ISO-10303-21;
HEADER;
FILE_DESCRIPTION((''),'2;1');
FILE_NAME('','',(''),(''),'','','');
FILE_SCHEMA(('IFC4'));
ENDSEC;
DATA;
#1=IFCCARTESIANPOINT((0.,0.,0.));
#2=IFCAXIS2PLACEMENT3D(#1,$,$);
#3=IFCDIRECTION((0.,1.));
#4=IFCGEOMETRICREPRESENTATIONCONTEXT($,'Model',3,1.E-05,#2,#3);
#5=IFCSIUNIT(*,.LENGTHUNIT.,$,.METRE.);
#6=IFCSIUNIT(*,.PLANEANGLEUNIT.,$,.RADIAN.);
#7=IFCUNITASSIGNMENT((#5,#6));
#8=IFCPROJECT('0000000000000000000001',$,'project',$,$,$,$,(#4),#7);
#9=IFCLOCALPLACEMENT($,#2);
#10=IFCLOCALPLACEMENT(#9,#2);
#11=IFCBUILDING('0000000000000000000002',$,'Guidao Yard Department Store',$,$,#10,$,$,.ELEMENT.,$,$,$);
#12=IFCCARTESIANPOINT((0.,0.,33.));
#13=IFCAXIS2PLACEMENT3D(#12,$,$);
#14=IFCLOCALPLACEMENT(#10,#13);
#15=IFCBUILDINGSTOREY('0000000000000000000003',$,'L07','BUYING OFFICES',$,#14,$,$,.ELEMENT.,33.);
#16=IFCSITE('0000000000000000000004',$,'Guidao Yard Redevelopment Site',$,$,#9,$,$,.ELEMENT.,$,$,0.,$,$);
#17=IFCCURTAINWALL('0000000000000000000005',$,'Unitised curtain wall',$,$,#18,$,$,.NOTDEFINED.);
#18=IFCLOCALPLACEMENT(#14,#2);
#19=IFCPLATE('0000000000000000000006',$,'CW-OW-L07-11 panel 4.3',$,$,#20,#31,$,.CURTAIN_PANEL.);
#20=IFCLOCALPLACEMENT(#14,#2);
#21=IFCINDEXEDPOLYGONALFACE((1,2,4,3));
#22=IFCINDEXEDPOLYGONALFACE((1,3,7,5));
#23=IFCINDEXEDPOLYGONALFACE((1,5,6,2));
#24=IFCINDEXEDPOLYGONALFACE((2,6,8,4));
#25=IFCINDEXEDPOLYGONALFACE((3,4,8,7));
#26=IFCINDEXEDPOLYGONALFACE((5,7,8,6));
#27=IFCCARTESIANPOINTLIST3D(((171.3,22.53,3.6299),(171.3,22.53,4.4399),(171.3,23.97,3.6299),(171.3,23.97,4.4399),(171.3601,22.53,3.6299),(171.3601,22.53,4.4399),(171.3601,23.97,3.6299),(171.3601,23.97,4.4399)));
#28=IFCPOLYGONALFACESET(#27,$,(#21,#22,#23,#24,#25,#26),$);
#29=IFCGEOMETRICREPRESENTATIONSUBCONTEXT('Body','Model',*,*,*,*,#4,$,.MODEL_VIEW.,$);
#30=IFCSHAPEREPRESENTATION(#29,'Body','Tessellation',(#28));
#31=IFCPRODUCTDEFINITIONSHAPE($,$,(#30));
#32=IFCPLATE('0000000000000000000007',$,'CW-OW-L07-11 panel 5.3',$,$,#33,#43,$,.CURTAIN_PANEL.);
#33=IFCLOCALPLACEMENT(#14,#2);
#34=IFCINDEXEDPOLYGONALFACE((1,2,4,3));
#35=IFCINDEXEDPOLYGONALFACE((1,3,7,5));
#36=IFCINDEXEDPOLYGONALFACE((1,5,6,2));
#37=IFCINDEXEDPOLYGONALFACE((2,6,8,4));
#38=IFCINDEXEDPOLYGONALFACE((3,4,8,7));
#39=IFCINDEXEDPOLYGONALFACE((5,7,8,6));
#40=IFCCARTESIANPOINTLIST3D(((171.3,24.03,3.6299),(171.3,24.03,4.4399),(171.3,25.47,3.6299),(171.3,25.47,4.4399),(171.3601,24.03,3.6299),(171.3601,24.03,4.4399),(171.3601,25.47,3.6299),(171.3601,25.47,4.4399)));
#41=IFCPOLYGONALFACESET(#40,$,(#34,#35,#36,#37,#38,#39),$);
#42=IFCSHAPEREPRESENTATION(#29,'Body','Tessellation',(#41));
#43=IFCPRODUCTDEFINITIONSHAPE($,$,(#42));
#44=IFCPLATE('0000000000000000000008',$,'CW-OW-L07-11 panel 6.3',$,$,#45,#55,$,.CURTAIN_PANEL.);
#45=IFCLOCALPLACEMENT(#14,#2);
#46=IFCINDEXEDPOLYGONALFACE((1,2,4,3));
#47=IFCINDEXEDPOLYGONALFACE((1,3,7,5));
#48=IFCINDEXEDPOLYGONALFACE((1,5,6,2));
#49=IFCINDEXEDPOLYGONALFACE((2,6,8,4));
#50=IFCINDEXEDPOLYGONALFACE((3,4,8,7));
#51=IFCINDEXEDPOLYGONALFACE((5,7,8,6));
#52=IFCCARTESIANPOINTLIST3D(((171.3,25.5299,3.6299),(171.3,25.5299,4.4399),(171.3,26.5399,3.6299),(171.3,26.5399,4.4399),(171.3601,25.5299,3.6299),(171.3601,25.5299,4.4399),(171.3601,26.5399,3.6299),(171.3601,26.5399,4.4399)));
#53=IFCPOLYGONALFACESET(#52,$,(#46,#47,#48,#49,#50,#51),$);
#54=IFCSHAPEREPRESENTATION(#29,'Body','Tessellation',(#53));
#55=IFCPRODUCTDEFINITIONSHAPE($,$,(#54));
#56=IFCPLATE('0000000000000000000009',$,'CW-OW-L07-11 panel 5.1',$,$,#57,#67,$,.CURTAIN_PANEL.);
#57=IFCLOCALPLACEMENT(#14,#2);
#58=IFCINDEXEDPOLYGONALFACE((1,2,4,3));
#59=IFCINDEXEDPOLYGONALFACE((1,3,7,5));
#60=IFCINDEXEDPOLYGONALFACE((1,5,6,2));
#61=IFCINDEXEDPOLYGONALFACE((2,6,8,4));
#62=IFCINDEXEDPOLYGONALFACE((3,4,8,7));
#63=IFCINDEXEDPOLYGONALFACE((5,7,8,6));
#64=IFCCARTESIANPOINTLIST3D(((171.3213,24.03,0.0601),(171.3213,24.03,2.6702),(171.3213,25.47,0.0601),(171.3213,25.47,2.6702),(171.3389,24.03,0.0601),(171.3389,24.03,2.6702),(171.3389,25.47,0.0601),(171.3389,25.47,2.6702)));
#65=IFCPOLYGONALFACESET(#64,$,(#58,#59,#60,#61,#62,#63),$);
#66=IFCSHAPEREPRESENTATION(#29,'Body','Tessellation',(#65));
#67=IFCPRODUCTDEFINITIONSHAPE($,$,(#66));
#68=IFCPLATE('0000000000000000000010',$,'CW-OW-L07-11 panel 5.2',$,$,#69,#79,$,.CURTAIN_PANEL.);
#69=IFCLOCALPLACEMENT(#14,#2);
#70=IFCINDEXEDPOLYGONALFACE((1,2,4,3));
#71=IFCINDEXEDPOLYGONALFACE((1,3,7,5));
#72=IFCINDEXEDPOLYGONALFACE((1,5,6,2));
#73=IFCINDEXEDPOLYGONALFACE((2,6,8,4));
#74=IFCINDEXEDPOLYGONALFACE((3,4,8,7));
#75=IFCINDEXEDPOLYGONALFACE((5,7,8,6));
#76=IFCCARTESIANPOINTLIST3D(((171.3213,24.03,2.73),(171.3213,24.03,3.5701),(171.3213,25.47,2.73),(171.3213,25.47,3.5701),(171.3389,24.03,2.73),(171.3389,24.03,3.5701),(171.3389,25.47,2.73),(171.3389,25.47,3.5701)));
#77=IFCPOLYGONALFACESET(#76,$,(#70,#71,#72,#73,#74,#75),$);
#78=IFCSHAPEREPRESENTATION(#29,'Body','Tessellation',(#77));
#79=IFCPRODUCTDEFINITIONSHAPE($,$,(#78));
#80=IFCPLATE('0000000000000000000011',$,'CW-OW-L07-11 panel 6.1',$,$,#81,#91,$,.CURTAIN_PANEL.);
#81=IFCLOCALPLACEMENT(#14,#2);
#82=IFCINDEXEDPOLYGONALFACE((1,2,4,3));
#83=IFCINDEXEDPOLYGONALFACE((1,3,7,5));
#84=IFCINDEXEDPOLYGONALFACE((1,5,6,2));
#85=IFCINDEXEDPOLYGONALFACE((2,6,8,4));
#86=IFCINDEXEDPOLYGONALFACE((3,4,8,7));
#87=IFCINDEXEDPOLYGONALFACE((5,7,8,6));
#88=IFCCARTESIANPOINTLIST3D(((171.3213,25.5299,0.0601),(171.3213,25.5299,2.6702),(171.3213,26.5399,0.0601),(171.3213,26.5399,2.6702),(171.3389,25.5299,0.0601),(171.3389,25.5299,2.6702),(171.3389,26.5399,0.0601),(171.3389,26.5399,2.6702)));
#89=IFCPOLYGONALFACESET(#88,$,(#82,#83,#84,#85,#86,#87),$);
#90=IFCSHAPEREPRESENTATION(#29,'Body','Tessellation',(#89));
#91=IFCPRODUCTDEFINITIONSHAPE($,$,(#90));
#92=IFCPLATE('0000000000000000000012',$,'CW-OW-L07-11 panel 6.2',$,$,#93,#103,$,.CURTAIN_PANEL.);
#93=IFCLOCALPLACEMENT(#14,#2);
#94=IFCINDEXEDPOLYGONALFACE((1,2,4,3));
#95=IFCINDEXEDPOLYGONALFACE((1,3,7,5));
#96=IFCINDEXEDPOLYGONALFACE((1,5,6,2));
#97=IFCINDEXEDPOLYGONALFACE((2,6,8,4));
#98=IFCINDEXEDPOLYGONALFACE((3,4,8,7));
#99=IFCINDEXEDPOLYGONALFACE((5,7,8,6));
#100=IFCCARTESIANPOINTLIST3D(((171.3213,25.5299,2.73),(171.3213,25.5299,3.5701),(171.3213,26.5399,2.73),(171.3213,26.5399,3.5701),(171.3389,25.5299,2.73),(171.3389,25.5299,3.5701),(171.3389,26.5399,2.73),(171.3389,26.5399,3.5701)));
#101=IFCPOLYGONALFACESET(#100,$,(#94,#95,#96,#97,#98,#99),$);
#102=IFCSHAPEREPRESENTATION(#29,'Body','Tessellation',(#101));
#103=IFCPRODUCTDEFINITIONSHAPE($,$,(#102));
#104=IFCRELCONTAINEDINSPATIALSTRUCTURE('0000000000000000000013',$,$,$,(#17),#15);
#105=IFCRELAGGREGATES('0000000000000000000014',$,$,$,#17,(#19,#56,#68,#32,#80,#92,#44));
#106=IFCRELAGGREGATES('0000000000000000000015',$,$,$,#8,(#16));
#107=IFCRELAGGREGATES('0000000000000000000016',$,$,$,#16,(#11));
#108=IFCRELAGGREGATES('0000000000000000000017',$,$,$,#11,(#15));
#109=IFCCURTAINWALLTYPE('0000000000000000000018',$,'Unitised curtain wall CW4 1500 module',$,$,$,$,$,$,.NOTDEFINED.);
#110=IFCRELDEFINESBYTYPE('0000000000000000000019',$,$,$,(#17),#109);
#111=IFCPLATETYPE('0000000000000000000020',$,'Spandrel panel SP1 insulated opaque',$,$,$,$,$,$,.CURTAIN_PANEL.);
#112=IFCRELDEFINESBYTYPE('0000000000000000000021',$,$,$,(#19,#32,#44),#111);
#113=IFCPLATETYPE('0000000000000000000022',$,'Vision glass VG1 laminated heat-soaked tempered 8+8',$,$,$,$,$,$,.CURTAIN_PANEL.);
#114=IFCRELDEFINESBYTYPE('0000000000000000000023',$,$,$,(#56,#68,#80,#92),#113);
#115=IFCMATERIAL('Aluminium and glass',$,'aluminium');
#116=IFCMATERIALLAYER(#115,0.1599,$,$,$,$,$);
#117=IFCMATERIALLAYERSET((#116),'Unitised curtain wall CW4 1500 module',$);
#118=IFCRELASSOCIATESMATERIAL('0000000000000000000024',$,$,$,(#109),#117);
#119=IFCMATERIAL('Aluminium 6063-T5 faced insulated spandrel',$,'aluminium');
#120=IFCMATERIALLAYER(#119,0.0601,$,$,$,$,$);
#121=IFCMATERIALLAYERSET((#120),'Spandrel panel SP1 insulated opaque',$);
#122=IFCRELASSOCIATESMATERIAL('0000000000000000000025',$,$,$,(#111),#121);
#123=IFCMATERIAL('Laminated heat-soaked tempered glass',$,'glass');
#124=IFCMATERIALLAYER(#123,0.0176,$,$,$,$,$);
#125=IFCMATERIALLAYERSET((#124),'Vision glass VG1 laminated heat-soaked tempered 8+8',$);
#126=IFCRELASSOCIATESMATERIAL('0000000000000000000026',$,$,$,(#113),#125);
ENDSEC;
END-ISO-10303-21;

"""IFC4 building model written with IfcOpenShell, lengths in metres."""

from ifc_helpers import new_model, si_unit, direction, frame, origin, origin_2d, place, context, subcontext, project, spatial, rectangle, extrude, material, layer, layer_set, type_object, element, aggregate, save


model = new_model("IFC4")

# Units and contexts
model_context = context("Model", 3, precision=1e-05, world=origin(), true_north=direction((0.0, 1.0)))
body_context = subcontext(model_context, "Body", "Model", "MODEL_VIEW")
ifc_project = project(units=[si_unit("LENGTHUNIT", "METRE"), si_unit("PLANEANGLEUNIT", "RADIAN")], contexts=[model_context])

# Site, building, storey
site_placement = place(None, origin())
site = spatial("IfcSite", under=ifc_project, at=site_placement, Name="Guidao Yard Redevelopment Site", CompositionType="ELEMENT", RefElevation=0.0)
building_placement = place(site_placement, origin())
building = spatial("IfcBuilding", under=site, at=building_placement, Name="Guidao Yard Department Store", CompositionType="ELEMENT")
storey_placement = place(building_placement, frame((0.0, 0.0, 33.0)))
storey = spatial("IfcBuildingStorey", under=building, at=storey_placement, Name="L07", Description="BUYING OFFICES", CompositionType="ELEMENT", Elevation=33.0)

# Curtain wall, plates
ifc_material_1 = material(Name="Aluminium and glass", Category="aluminium")
ifc_layer_1 = layer(ifc_material_1, 0.1599)
ifc_layer_set_1 = layer_set([ifc_layer_1], Name="Unitised curtain wall CW4 1500 module")
curtain_wall_type = type_object("IfcCurtainWallType", Name="Unitised curtain wall CW4 1500 module", PredefinedType="NOTDEFINED", material=ifc_layer_set_1)
curtain_wall_placement = place(storey_placement, origin())
curtain_wall = element("IfcCurtainWall", 1, at=curtain_wall_placement, inside=storey, type_object=curtain_wall_type, Name="Unitised curtain wall", PredefinedType="NOTDEFINED")
ifc_material_2 = material(Name="Aluminium 6063-T5 faced insulated spandrel", Category="aluminium")
ifc_layer_2 = layer(ifc_material_2, 0.0601)
ifc_layer_set_2 = layer_set([ifc_layer_2], Name="Spandrel panel SP1 insulated opaque")
plate_type_1 = type_object("IfcPlateType", Name="Spandrel panel SP1 insulated opaque", PredefinedType="CURTAIN_PANEL", material=ifc_layer_set_2)
plate_1_placement = place(storey_placement, frame((171.3301, 23.25, 3.6299), z_axis=(0.0, 0.0, 1.0), x_axis=(0.0, -1.0, 0.0)))
plate_1 = element("IfcPlate", 2, at=plate_1_placement, type_object=plate_type_1, Name="CW-OW-L07-11 panel 4.3", PredefinedType="CURTAIN_PANEL", context=body_context, shape_type="SweptSolid", body=[
    extrude(rectangle(XDim=1.4399, YDim=0.0601, at=origin_2d()), origin(), (0.0, 0.0, 1.0), 0.8101),
])
plate_2_placement = place(storey_placement, frame((171.3301, 24.75, 3.6299), z_axis=(0.0, 0.0, 1.0), x_axis=(0.0, -1.0, 0.0)))
plate_2 = element("IfcPlate", 3, at=plate_2_placement, type_object=plate_type_1, Name="CW-OW-L07-11 panel 5.3", PredefinedType="CURTAIN_PANEL", context=body_context, shape_type="SweptSolid", body=[
    extrude(rectangle(XDim=1.4399, YDim=0.0601, at=origin_2d()), origin(), (0.0, 0.0, 1.0), 0.8101),
])
plate_3_placement = place(storey_placement, frame((171.3301, 26.0349, 3.6299), z_axis=(0.0, 0.0, 1.0), x_axis=(0.0, -1.0, 0.0)))
plate_3 = element("IfcPlate", 4, at=plate_3_placement, type_object=plate_type_1, Name="CW-OW-L07-11 panel 6.3", PredefinedType="CURTAIN_PANEL", context=body_context, shape_type="SweptSolid", body=[
    extrude(rectangle(XDim=1.01, YDim=0.0601, at=origin_2d()), origin(), (0.0, 0.0, 1.0), 0.8101),
])
ifc_material_3 = material(Name="Laminated heat-soaked tempered glass", Category="glass")
ifc_layer_3 = layer(ifc_material_3, 0.0176)
ifc_layer_set_3 = layer_set([ifc_layer_3], Name="Vision glass VG1 laminated heat-soaked tempered 8+8")
plate_type_2 = type_object("IfcPlateType", Name="Vision glass VG1 laminated heat-soaked tempered 8+8", PredefinedType="CURTAIN_PANEL", material=ifc_layer_set_3)
plate_4_placement = place(storey_placement, frame((171.3301, 24.75, 0.0601), z_axis=(0.0, 0.0, 1.0), x_axis=(0.0, -1.0, 0.0)))
plate_4 = element("IfcPlate", 5, at=plate_4_placement, type_object=plate_type_2, Name="CW-OW-L07-11 panel 5.1", PredefinedType="CURTAIN_PANEL", context=body_context, shape_type="SweptSolid", body=[
    extrude(rectangle(XDim=1.4399, YDim=0.0176, at=origin_2d()), origin(), (0.0, 0.0, 1.0), 2.6101),
])
plate_5_placement = place(storey_placement, frame((171.3301, 24.75, 2.73), z_axis=(0.0, 0.0, 1.0), x_axis=(0.0, -1.0, 0.0)))
plate_5 = element("IfcPlate", 6, at=plate_5_placement, type_object=plate_type_2, Name="CW-OW-L07-11 panel 5.2", PredefinedType="CURTAIN_PANEL", context=body_context, shape_type="SweptSolid", body=[
    extrude(rectangle(XDim=1.4399, YDim=0.0176, at=origin_2d()), origin(), (0.0, 0.0, 1.0), 0.8401),
])
plate_6_placement = place(storey_placement, frame((171.3301, 26.0349, 0.0601), z_axis=(0.0, 0.0, 1.0), x_axis=(0.0, -1.0, 0.0)))
plate_6 = element("IfcPlate", 7, at=plate_6_placement, type_object=plate_type_2, Name="CW-OW-L07-11 panel 6.1", PredefinedType="CURTAIN_PANEL", context=body_context, shape_type="SweptSolid", body=[
    extrude(rectangle(XDim=1.01, YDim=0.0176, at=origin_2d()), origin(), (0.0, 0.0, 1.0), 2.6101),
])
plate_7_placement = place(storey_placement, frame((171.3301, 26.0349, 2.73), z_axis=(0.0, 0.0, 1.0), x_axis=(0.0, -1.0, 0.0)))
plate_7 = element("IfcPlate", 8, at=plate_7_placement, type_object=plate_type_2, Name="CW-OW-L07-11 panel 6.2", PredefinedType="CURTAIN_PANEL", context=body_context, shape_type="SweptSolid", body=[
    extrude(rectangle(XDim=1.01, YDim=0.0176, at=origin_2d()), origin(), (0.0, 0.0, 1.0), 0.8401),
])
aggregate(curtain_wall, [plate_1, plate_4, plate_5, plate_2, plate_6, plate_7, plate_3])

save(model, "model.ifc")
